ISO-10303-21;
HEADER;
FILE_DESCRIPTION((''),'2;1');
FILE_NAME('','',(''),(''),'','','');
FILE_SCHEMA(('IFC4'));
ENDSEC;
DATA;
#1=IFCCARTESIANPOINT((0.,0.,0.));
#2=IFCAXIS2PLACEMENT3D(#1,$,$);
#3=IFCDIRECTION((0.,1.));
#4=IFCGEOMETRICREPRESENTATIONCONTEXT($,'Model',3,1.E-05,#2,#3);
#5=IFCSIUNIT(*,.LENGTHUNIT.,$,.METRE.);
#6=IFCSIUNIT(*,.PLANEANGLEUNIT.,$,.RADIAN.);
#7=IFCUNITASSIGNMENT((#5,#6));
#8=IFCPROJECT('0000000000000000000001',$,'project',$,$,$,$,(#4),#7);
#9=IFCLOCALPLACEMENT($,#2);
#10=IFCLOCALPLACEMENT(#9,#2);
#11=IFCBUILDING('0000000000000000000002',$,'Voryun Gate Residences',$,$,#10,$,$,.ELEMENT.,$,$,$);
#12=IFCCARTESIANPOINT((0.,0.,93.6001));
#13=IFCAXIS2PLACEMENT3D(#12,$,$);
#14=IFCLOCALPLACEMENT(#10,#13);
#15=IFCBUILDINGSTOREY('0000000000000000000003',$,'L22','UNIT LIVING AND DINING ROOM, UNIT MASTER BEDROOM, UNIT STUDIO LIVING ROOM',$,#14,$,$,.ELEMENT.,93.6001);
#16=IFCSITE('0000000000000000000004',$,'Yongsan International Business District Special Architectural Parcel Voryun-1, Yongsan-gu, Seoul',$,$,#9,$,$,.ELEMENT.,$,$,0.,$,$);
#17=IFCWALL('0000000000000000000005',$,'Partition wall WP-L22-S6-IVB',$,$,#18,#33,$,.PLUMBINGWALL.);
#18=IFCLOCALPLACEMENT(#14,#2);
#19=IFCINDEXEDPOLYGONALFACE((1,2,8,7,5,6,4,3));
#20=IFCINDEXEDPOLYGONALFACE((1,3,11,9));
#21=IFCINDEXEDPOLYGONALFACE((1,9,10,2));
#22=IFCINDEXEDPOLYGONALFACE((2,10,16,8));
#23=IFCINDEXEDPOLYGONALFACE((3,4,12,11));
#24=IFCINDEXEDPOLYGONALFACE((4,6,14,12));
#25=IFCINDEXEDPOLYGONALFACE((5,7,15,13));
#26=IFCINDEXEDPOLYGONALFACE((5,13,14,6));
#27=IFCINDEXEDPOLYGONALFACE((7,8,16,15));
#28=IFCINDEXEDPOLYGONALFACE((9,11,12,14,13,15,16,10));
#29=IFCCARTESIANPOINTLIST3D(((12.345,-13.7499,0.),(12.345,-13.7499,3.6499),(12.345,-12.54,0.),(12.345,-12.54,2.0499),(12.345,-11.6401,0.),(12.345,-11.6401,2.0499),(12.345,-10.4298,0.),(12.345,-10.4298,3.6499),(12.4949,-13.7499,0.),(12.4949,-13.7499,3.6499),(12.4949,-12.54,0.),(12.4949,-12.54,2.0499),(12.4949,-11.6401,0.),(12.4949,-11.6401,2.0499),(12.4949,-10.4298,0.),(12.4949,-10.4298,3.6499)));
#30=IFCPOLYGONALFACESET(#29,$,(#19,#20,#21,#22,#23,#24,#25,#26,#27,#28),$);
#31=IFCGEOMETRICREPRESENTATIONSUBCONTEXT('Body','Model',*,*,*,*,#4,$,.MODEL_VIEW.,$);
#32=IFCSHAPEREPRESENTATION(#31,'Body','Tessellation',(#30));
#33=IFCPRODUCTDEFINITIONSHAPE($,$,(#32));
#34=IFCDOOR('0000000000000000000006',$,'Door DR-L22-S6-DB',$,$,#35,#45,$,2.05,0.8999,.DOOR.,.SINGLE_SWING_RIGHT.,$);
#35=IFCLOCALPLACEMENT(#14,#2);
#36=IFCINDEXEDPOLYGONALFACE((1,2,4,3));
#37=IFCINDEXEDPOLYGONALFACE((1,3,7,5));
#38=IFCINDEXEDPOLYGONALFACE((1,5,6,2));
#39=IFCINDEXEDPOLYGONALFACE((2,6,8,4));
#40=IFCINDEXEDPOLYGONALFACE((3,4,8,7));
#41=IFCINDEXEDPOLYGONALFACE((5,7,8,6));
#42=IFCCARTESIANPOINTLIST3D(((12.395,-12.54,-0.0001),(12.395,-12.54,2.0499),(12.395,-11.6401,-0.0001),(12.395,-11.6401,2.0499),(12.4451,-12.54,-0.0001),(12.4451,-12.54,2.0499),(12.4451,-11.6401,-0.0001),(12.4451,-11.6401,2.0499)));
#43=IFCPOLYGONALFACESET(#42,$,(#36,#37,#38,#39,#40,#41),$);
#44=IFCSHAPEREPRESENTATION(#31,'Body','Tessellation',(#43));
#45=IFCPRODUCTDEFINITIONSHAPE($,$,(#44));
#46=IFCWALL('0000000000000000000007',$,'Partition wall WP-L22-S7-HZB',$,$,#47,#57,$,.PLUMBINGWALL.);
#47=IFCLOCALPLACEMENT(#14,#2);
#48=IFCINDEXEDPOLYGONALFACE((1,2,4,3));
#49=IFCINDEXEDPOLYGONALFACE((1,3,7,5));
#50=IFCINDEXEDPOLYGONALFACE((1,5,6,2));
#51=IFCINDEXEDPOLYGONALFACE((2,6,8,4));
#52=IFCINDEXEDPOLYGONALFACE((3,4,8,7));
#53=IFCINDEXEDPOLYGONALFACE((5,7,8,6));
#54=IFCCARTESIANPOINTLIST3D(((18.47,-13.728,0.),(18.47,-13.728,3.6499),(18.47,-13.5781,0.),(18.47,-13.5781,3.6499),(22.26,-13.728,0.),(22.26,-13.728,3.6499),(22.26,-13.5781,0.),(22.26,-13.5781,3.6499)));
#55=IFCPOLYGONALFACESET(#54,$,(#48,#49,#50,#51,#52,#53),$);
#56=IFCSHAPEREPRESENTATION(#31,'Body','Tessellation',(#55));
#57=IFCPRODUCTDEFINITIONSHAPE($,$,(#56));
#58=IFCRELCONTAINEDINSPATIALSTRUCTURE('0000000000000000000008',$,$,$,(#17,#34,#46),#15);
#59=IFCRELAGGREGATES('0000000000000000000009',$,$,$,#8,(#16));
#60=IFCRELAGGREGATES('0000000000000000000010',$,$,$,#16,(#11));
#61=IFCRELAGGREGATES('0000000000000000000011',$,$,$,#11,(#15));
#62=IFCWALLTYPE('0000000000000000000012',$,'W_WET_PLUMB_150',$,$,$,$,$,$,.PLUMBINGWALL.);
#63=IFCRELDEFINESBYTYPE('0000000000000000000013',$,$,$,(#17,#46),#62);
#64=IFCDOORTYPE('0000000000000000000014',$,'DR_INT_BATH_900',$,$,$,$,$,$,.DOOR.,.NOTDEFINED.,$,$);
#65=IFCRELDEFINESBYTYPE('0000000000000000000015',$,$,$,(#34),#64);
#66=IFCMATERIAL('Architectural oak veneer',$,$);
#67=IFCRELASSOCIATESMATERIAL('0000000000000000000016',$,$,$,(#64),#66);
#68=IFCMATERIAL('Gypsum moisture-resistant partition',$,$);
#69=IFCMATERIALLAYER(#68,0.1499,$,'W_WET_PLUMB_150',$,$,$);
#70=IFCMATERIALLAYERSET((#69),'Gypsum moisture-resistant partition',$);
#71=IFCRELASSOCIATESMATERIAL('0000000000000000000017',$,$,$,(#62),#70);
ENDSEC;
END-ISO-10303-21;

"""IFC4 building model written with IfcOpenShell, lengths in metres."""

from ifc_helpers import new_model, si_unit, direction, frame, frame_2d, origin, place, context, subcontext, project, spatial, rectangle, extrude, material, layer, layer_set, type_object, element, fill, save


model = new_model("IFC4")

# Units and contexts
model_context = context("Model", 3, precision=1e-05, world=origin(), true_north=direction((0.0, 1.0)))
body_context = subcontext(model_context, "Body", "Model", "MODEL_VIEW")
ifc_project = project(units=[si_unit("LENGTHUNIT", "METRE"), si_unit("PLANEANGLEUNIT", "RADIAN")], contexts=[model_context])

# Site, building, storey
site_placement = place(None, origin())
site = spatial("IfcSite", under=ifc_project, at=site_placement, Name="Yongsan International Business District Special Architectural Parcel Voryun-1, Yongsan-gu, Seoul", CompositionType="ELEMENT", RefElevation=0.0)
building_placement = place(site_placement, origin())
building = spatial("IfcBuilding", under=site, at=building_placement, Name="Voryun Gate Residences", CompositionType="ELEMENT")
storey_placement = place(building_placement, frame((0.0, 0.0, 93.6001)))
storey = spatial("IfcBuildingStorey", under=building, at=storey_placement, Name="L22", Description="UNIT LIVING AND DINING ROOM, UNIT MASTER BEDROOM, UNIT STUDIO LIVING ROOM", CompositionType="ELEMENT", Elevation=93.6001)

# Shared definitions
ifc_material_1 = material(Name="Architectural oak veneer")
door_type_1 = type_object("IfcDoorType", Name="DR_INT_BATH_900", OperationType="NOTDEFINED", PredefinedType="DOOR", material=ifc_material_1)

# Shared definitions
ifc_material_2 = material(Name="Gypsum moisture-resistant partition")
ifc_layer_1 = layer(ifc_material_2, 0.1499, Name="W_WET_PLUMB_150")
ifc_layer_set_1 = layer_set([ifc_layer_1], Name="Gypsum moisture-resistant partition")
wall_type_1 = type_object("IfcWallType", Name="W_WET_PLUMB_150", PredefinedType="PLUMBINGWALL", material=ifc_layer_set_1)

# Wall, opening, door
wall_1_placement = place(storey_placement, frame((12.4199, -13.75, 0.0), z_axis=(0.0, 0.0, 1.0), x_axis=(0.0, 1.0, 0.0)))
wall_1 = element("IfcWall", 1, at=wall_1_placement, inside=storey, type_object=wall_type_1, Name="Partition wall WP-L22-S6-IVB", PredefinedType="PLUMBINGWALL", context=body_context, shape_type="SweptSolid", body=[
    extrude(rectangle(XDim=3.3201, YDim=0.1499, at=frame_2d((1.6602, 0.0))), origin(), (0.0, 0.0, 1.0), 3.6499),
])
opening_1_placement = place(wall_1_placement, frame((1.21, 0.0, 0.0)))
opening_1 = element("IfcOpeningElement", 2, at=opening_1_placement, cuts=wall_1, PredefinedType="OPENING", context=body_context, shape_type="SweptSolid", body=[
    extrude(rectangle(XDim=0.8999, YDim=2.05, at=frame_2d((0.45, 1.0249))), frame((0.0, 0.085, 0.0), z_axis=(0.0, -1.0, 0.0), x_axis=(1.0, 0.0, 0.0)), (0.0, 0.0, 1.0), 0.1699),
])
door_1_placement = place(opening_1_placement, origin())
door_1 = element("IfcDoor", 3, at=door_1_placement, inside=storey, type_object=door_type_1, Name="Door DR-L22-S6-DB", OperationType="SINGLE_SWING_RIGHT", OverallHeight=2.05, OverallWidth=0.8999, PredefinedType="DOOR", context=body_context, shape_type="SweptSolid", body=[
    extrude(rectangle(XDim=0.8999, YDim=2.05, at=frame_2d((0.45, 1.0249))), frame((0.0, 0.0249, 0.0), z_axis=(0.0, -1.0, 0.0), x_axis=(1.0, 0.0, 0.0)), (0.0, 0.0, 1.0), 0.05),
])
fill(opening_1, door_1)

# Wall
wall_2_placement = place(storey_placement, frame((18.47, -13.6531, 0.0), z_axis=(0.0, 0.0, 1.0), x_axis=(1.0, 0.0, 0.0)))
element("IfcWall", 4, at=wall_2_placement, inside=storey, type_object=wall_type_1, Name="Partition wall WP-L22-S7-HZB", PredefinedType="PLUMBINGWALL", context=body_context, shape_type="SweptSolid", body=[
    extrude(rectangle(XDim=3.79, YDim=0.1499, at=frame_2d((1.895, 0.0))), origin(), (0.0, 0.0, 1.0), 3.6499),
])

save(model, "model.ifc")
